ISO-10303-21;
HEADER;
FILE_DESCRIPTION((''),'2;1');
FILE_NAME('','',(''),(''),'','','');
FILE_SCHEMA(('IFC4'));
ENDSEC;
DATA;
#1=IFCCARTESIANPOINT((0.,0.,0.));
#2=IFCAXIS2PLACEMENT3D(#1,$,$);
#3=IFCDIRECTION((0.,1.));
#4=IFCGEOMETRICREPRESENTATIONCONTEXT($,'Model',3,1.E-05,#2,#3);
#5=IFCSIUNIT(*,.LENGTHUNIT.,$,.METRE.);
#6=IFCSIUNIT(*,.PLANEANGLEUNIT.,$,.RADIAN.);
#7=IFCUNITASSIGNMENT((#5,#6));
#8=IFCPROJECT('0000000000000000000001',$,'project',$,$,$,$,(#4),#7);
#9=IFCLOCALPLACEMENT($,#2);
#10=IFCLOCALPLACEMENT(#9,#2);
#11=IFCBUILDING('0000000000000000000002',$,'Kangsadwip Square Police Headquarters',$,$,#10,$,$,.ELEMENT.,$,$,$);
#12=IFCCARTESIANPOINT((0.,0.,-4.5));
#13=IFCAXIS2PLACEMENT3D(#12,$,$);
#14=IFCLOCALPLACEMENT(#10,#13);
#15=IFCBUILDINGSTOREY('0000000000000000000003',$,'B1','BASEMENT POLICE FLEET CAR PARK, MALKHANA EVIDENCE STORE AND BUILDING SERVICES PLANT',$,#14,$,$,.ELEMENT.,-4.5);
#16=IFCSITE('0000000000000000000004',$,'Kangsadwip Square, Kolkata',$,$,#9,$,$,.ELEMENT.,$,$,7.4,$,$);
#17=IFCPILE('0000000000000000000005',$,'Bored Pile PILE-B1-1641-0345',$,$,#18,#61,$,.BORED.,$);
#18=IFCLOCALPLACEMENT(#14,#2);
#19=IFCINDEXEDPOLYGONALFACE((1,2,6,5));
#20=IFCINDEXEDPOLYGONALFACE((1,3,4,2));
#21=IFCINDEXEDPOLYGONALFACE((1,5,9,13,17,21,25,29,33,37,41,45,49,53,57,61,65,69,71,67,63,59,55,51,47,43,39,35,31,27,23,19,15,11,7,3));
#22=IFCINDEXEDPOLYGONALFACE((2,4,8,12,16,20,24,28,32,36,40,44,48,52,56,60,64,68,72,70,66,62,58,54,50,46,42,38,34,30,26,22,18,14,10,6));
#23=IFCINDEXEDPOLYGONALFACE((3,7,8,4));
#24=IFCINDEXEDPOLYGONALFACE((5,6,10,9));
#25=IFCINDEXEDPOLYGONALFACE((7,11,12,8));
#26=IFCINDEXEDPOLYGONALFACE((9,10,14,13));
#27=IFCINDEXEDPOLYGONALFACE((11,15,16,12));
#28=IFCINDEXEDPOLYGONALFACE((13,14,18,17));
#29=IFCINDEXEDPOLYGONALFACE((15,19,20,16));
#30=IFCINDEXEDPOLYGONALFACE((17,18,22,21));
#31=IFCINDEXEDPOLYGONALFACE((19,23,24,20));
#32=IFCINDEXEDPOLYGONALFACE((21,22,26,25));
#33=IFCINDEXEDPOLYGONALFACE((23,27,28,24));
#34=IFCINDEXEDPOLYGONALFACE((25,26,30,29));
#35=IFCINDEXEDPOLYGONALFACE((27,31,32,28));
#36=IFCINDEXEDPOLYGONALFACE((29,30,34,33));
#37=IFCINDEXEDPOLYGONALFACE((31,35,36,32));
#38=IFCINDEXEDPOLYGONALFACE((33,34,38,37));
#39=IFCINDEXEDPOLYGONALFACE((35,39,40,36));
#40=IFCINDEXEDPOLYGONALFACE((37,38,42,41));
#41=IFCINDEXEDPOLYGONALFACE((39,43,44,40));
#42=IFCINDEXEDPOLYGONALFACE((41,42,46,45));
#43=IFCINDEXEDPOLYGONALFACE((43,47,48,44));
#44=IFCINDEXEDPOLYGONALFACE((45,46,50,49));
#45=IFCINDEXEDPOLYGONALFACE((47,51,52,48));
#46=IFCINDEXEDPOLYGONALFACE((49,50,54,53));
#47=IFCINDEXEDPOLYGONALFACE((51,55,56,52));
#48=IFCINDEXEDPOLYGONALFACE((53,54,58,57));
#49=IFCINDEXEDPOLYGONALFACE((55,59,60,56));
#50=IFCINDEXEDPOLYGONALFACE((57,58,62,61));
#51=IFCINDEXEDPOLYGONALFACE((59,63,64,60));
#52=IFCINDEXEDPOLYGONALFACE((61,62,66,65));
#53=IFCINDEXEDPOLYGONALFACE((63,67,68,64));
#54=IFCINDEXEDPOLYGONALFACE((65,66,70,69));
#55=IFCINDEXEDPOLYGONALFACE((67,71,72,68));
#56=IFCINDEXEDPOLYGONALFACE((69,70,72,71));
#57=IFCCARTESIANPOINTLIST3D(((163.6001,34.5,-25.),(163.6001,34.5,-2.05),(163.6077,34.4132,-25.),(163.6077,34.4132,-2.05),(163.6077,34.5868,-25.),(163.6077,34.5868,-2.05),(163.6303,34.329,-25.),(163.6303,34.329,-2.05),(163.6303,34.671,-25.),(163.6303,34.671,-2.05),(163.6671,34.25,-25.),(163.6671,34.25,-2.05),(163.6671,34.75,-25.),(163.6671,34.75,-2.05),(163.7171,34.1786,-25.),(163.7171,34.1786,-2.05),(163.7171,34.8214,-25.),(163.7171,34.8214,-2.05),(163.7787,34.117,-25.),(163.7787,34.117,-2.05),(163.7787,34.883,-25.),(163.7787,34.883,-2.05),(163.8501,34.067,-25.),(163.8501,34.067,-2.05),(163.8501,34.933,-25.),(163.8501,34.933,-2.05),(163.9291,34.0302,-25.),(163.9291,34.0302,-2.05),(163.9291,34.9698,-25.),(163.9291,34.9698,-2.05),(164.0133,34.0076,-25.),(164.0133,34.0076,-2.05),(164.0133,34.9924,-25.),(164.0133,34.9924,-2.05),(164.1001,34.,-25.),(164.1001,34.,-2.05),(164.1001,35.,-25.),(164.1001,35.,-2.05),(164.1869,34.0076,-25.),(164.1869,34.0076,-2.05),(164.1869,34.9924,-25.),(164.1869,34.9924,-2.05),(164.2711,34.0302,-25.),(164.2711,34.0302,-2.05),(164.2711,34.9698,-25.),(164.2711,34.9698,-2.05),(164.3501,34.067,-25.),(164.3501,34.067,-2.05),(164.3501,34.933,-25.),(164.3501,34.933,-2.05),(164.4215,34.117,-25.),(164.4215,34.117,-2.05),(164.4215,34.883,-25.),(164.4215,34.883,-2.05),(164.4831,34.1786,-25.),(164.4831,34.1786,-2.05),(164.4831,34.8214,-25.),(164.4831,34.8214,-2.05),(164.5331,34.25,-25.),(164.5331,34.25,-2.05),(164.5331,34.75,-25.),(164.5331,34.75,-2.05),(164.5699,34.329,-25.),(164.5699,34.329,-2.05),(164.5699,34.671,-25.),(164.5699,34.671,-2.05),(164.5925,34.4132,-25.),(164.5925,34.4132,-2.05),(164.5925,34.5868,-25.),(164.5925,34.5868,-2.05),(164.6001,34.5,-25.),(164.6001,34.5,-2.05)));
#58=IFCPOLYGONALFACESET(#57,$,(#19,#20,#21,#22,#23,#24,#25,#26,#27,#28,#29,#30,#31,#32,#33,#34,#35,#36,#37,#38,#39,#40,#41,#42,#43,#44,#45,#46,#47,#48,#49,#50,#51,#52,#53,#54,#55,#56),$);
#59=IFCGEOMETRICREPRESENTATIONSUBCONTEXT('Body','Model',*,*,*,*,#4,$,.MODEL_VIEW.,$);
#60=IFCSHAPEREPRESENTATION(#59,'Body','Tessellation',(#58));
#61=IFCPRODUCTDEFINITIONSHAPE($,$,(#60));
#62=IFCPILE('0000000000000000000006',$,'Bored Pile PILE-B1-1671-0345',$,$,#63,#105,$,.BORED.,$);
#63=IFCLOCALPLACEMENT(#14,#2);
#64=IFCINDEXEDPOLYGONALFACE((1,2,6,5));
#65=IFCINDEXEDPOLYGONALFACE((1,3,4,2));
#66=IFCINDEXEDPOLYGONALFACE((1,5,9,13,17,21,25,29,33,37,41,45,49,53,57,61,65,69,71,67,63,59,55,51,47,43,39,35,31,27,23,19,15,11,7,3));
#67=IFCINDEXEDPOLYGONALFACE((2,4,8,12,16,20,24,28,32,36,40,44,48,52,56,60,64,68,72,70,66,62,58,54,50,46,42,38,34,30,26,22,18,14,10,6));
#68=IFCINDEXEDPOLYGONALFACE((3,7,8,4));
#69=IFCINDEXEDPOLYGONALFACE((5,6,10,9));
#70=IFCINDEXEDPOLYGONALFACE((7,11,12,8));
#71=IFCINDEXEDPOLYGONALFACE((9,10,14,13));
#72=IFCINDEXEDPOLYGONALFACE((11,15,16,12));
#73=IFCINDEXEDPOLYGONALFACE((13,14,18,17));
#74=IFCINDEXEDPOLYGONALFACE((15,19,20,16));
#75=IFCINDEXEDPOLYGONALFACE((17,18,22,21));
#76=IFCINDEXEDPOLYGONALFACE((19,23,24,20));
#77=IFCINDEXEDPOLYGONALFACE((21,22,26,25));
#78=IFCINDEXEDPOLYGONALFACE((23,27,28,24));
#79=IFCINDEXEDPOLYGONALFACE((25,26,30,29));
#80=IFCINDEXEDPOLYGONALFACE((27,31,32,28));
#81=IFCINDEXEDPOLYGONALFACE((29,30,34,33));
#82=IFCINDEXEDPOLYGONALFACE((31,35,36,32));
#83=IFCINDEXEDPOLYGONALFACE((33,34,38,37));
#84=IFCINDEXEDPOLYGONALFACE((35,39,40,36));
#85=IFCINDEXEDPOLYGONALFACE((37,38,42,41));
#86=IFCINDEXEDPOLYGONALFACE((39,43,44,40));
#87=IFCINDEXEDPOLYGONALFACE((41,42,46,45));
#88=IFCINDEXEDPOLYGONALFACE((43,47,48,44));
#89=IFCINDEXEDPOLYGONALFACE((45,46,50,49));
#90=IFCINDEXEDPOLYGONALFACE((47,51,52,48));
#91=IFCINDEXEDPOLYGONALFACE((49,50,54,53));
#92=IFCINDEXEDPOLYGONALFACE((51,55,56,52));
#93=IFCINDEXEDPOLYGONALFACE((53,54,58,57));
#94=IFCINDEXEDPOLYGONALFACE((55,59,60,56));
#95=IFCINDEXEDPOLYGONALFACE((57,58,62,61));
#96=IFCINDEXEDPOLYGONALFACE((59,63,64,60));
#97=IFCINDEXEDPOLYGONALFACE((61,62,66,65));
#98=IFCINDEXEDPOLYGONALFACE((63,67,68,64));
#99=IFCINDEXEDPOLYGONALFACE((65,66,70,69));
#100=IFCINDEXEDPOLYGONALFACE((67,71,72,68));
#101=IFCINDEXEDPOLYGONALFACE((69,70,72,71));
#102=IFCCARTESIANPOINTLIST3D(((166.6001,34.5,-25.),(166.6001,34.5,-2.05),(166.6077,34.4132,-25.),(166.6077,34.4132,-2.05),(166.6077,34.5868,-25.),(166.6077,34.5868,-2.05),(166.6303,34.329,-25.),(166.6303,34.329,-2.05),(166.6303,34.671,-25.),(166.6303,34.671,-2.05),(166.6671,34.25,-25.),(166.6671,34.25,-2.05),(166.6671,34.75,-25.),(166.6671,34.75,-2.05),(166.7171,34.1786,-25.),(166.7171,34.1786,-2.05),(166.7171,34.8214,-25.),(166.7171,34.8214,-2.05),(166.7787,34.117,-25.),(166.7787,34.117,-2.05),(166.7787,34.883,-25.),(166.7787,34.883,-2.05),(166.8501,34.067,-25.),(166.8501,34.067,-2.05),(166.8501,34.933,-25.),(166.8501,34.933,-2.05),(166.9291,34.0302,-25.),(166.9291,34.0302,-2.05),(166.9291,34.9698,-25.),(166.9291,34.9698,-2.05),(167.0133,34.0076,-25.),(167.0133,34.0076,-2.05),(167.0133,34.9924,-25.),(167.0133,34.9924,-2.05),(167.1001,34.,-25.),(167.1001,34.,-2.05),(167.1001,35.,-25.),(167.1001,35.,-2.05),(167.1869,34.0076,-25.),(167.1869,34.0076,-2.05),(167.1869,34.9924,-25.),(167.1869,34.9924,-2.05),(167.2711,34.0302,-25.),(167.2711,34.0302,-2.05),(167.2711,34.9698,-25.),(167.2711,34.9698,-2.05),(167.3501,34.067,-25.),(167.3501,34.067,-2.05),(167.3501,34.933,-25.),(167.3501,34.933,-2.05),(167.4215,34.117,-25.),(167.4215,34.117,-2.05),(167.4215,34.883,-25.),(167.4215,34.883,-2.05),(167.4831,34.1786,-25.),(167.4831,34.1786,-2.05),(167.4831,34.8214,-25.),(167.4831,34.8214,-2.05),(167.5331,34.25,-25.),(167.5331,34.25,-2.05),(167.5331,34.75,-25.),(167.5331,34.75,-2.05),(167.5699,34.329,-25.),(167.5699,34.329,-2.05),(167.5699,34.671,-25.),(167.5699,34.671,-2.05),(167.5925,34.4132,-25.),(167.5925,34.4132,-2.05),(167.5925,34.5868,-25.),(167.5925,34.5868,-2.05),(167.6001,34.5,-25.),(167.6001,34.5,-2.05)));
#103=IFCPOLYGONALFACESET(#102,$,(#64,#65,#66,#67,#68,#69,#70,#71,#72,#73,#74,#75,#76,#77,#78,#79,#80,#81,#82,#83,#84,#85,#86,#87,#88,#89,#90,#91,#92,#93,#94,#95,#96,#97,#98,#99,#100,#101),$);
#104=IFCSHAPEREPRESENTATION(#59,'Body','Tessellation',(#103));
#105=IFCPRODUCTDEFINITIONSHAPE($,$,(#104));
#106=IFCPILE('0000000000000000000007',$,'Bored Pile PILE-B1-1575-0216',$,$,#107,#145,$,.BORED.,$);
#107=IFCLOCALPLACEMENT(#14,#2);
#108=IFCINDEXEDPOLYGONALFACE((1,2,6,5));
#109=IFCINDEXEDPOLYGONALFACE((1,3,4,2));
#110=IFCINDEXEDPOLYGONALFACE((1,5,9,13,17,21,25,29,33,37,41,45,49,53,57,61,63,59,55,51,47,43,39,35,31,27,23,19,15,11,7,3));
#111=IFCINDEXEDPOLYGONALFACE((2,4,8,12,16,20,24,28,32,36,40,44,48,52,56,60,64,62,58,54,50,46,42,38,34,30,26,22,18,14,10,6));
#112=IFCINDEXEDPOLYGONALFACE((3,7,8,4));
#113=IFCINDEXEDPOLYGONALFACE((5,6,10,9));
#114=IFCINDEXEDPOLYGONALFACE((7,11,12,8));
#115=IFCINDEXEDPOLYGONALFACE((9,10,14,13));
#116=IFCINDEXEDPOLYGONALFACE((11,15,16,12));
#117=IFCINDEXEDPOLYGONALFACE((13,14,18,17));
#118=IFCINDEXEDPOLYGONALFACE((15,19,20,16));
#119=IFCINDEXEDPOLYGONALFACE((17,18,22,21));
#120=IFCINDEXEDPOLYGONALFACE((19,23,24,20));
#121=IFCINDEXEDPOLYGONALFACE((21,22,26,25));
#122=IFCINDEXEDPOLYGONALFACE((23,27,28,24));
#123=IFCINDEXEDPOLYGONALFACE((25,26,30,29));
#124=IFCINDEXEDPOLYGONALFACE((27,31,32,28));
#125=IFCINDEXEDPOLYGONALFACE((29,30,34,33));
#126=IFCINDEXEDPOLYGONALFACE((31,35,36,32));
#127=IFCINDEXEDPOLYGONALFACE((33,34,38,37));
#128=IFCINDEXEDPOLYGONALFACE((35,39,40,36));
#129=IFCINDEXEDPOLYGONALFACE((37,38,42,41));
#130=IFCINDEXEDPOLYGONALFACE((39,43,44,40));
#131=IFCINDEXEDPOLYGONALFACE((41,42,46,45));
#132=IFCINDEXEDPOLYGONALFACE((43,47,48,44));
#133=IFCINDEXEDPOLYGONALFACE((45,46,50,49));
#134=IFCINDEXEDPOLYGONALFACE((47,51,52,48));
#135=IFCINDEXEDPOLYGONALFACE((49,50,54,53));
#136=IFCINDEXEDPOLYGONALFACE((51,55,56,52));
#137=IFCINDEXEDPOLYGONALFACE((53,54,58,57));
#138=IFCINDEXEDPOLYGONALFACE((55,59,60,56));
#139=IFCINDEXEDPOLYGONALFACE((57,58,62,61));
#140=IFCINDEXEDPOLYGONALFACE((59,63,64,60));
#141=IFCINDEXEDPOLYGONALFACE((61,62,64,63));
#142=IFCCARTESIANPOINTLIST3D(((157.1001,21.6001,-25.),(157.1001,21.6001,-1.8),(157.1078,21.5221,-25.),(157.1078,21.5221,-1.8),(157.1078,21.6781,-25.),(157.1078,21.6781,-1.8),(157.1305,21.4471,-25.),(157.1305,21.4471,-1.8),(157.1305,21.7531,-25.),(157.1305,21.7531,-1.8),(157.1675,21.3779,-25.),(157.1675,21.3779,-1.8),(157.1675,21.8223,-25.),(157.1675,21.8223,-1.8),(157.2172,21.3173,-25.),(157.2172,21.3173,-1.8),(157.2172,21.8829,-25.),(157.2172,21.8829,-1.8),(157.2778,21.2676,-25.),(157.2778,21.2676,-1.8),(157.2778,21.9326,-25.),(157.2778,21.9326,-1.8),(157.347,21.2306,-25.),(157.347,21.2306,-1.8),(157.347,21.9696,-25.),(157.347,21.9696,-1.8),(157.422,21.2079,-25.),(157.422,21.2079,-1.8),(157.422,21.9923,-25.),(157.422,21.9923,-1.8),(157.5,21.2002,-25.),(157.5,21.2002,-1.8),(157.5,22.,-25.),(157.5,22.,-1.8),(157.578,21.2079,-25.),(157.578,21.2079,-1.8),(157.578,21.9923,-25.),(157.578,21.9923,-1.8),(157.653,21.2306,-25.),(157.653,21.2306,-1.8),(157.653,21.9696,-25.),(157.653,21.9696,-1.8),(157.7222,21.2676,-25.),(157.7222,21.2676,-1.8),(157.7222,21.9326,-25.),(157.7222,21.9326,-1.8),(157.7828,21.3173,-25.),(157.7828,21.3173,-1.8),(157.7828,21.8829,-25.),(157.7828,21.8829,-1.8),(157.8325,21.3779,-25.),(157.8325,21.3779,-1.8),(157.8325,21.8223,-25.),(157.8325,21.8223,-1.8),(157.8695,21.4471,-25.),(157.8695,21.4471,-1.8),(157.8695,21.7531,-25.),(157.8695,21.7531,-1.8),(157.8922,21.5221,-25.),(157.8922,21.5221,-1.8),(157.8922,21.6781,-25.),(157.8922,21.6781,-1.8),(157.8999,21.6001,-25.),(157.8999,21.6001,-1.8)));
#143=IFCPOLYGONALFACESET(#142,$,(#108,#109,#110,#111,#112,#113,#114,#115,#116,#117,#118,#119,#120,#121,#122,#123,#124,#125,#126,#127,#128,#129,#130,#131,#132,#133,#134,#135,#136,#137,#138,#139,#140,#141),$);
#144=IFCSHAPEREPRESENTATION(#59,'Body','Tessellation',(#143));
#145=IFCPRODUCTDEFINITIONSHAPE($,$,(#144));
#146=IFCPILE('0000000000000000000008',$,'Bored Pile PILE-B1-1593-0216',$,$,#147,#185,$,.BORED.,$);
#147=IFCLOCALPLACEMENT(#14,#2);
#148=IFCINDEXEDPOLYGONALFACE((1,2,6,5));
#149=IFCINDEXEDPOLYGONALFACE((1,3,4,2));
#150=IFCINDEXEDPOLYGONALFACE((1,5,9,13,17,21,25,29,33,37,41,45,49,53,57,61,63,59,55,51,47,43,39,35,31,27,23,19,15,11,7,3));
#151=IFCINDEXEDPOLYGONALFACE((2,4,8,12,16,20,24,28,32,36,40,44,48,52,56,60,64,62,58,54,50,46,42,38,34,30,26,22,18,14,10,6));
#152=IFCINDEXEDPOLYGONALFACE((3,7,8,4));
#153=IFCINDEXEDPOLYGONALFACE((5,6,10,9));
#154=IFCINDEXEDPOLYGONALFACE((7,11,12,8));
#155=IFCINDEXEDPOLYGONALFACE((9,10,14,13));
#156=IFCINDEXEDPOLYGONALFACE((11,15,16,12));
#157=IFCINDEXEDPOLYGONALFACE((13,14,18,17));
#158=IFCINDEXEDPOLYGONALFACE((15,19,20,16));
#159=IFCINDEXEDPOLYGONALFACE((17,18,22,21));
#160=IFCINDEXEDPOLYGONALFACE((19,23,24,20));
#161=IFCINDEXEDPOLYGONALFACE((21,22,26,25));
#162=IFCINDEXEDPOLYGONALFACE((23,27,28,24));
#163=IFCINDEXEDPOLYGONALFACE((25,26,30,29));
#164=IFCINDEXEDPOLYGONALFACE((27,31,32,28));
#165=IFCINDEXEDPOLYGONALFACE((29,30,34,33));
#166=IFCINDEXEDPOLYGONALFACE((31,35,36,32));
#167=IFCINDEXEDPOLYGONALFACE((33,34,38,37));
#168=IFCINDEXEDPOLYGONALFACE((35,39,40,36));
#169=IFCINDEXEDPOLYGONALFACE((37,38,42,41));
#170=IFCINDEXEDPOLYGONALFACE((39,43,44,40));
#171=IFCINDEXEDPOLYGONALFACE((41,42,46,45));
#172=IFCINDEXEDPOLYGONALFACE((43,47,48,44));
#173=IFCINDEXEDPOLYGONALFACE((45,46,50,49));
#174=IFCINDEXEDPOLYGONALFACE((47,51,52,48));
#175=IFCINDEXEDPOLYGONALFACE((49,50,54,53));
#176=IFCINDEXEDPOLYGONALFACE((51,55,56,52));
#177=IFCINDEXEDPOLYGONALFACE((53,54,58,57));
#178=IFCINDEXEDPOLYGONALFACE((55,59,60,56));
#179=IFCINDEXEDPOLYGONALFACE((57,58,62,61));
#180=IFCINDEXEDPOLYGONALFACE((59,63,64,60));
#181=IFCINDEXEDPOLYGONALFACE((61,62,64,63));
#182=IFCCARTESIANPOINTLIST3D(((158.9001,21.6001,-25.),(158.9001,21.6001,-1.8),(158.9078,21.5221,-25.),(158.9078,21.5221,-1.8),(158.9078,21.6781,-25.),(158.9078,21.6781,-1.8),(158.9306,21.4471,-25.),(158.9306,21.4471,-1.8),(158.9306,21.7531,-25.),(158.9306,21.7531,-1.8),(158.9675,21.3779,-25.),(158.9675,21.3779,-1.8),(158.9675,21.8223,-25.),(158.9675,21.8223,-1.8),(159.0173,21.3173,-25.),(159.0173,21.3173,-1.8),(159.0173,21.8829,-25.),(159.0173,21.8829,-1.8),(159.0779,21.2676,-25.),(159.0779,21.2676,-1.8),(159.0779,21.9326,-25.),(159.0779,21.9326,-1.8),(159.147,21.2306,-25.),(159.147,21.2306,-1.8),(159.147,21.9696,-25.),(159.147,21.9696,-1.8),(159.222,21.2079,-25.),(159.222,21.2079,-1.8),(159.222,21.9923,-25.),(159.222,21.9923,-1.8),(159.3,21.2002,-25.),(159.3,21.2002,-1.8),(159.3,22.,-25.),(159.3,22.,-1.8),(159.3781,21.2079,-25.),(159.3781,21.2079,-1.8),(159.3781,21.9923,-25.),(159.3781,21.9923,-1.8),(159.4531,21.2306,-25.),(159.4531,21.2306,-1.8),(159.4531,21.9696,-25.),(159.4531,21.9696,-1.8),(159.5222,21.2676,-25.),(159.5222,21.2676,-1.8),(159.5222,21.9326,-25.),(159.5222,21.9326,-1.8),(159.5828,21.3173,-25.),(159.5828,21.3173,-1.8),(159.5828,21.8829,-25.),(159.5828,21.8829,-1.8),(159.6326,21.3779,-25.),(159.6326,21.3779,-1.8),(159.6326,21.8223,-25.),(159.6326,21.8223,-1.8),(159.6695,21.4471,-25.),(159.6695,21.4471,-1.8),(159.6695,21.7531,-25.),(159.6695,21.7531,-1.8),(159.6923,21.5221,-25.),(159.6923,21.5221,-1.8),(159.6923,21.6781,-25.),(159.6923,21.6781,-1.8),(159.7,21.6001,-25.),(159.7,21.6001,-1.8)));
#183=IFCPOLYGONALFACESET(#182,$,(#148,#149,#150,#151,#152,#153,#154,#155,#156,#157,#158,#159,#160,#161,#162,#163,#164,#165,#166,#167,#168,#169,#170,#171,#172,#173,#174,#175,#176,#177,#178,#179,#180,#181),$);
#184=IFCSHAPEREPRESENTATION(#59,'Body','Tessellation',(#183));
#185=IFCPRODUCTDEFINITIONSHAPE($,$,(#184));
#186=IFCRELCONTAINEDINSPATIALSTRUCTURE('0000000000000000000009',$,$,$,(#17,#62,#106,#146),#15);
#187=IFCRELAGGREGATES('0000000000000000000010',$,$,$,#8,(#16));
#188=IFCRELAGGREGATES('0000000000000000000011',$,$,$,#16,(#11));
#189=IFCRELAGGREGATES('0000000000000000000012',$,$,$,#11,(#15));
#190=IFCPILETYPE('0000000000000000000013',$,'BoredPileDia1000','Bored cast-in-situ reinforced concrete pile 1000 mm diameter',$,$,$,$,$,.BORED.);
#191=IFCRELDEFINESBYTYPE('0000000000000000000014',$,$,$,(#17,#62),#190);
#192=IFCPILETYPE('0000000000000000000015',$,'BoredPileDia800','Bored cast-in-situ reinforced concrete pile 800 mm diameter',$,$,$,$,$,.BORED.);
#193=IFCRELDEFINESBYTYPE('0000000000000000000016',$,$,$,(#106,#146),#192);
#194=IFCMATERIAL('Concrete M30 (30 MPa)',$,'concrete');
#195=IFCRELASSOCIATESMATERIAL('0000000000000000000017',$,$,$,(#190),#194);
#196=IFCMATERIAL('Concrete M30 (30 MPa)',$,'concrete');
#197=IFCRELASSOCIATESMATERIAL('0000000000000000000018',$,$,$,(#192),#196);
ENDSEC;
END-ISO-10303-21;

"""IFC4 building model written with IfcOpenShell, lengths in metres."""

from ifc_helpers import new_model, si_unit, direction, frame, origin, origin_2d, place, context, subcontext, project, spatial, circle, extrude, material, material_profile, profile_set, type_object, element, save


model = new_model("IFC4")

# Units and contexts
model_context = context("Model", 3, precision=1e-05, world=origin(), true_north=direction((0.0, 1.0)))
body_context = subcontext(model_context, "Body", "Model", "MODEL_VIEW")
ifc_project = project(units=[si_unit("LENGTHUNIT", "METRE"), si_unit("PLANEANGLEUNIT", "RADIAN")], contexts=[model_context])

# Site, building, storey
site_placement = place(None, origin())
site = spatial("IfcSite", under=ifc_project, at=site_placement, Name="Kangsadwip Square, Kolkata", CompositionType="ELEMENT", RefElevation=7.4)
building_placement = place(site_placement, origin())
building = spatial("IfcBuilding", under=site, at=building_placement, Name="Kangsadwip Square Police Headquarters", CompositionType="ELEMENT")
storey_placement = place(building_placement, frame((0.0, 0.0, -4.5)))
storey = spatial("IfcBuildingStorey", under=building, at=storey_placement, Name="B1", Description="BASEMENT POLICE FLEET CAR PARK, MALKHANA EVIDENCE STORE AND BUILDING SERVICES PLANT", CompositionType="ELEMENT", Elevation=-4.5)

# Piles
ifc_material_1 = material(Name="Concrete M30 (30 MPa)", Category="concrete")
ifc_material_profile_1 = material_profile(ifc_material_1, circle(Radius=0.5, at=origin_2d()), Name="PILE DIA 1000")
ifc_profile_set_1 = profile_set([ifc_material_profile_1], Name="Concrete M30 (30 MPa)")
pile_type_1 = type_object("IfcPileType", Name="BoredPileDia1000", Description="Bored cast-in-situ reinforced concrete pile 1000 mm diameter", PredefinedType="BORED", material=ifc_profile_set_1)
for number, where, z_axis, x_axis, name in (
    (1, (164.1001, 34.5, -2.05), (0.0, 0.0, -1.0), (1.0, 0.0, 0.0), "Bored Pile PILE-B1-1641-0345"),
    (2, (167.1001, 34.5, -2.05), (0.0, 0.0, -1.0), (1.0, 0.0, 0.0), "Bored Pile PILE-B1-1671-0345"),
):
    element("IfcPile", number, at=place(storey_placement, frame(where, z_axis=z_axis, x_axis=x_axis)), inside=storey, type_object=pile_type_1, Name=name, PredefinedType="BORED", context=body_context, shape_type="SweptSolid", body=[
        extrude(circle(Radius=0.5, at=origin_2d()), origin(), (0.0, 0.0, 1.0), 22.95),
    ])
ifc_material_2 = material(Name="Concrete M30 (30 MPa)", Category="concrete")
ifc_material_profile_2 = material_profile(ifc_material_2, circle(Radius=0.3999, at=origin_2d()), Name="PILE DIA 800")
ifc_profile_set_2 = profile_set([ifc_material_profile_2], Name="Concrete M30 (30 MPa)")
pile_type_2 = type_object("IfcPileType", Name="BoredPileDia800", Description="Bored cast-in-situ reinforced concrete pile 800 mm diameter", PredefinedType="BORED", material=ifc_profile_set_2)
for number, where, z_axis, x_axis, name in (
    (3, (157.5, 21.6001, -1.8), (0.0, 0.0, -1.0), (1.0, 0.0, 0.0), "Bored Pile PILE-B1-1575-0216"),
    (4, (159.3, 21.6001, -1.8), (0.0, 0.0, -1.0), (1.0, 0.0, 0.0), "Bored Pile PILE-B1-1593-0216"),
):
    element("IfcPile", number, at=place(storey_placement, frame(where, z_axis=z_axis, x_axis=x_axis)), inside=storey, type_object=pile_type_2, Name=name, PredefinedType="BORED", context=body_context, shape_type="SweptSolid", body=[
        extrude(circle(Radius=0.3999, at=origin_2d()), origin(), (0.0, 0.0, 1.0), 23.2),
    ])

save(model, "model.ifc")
